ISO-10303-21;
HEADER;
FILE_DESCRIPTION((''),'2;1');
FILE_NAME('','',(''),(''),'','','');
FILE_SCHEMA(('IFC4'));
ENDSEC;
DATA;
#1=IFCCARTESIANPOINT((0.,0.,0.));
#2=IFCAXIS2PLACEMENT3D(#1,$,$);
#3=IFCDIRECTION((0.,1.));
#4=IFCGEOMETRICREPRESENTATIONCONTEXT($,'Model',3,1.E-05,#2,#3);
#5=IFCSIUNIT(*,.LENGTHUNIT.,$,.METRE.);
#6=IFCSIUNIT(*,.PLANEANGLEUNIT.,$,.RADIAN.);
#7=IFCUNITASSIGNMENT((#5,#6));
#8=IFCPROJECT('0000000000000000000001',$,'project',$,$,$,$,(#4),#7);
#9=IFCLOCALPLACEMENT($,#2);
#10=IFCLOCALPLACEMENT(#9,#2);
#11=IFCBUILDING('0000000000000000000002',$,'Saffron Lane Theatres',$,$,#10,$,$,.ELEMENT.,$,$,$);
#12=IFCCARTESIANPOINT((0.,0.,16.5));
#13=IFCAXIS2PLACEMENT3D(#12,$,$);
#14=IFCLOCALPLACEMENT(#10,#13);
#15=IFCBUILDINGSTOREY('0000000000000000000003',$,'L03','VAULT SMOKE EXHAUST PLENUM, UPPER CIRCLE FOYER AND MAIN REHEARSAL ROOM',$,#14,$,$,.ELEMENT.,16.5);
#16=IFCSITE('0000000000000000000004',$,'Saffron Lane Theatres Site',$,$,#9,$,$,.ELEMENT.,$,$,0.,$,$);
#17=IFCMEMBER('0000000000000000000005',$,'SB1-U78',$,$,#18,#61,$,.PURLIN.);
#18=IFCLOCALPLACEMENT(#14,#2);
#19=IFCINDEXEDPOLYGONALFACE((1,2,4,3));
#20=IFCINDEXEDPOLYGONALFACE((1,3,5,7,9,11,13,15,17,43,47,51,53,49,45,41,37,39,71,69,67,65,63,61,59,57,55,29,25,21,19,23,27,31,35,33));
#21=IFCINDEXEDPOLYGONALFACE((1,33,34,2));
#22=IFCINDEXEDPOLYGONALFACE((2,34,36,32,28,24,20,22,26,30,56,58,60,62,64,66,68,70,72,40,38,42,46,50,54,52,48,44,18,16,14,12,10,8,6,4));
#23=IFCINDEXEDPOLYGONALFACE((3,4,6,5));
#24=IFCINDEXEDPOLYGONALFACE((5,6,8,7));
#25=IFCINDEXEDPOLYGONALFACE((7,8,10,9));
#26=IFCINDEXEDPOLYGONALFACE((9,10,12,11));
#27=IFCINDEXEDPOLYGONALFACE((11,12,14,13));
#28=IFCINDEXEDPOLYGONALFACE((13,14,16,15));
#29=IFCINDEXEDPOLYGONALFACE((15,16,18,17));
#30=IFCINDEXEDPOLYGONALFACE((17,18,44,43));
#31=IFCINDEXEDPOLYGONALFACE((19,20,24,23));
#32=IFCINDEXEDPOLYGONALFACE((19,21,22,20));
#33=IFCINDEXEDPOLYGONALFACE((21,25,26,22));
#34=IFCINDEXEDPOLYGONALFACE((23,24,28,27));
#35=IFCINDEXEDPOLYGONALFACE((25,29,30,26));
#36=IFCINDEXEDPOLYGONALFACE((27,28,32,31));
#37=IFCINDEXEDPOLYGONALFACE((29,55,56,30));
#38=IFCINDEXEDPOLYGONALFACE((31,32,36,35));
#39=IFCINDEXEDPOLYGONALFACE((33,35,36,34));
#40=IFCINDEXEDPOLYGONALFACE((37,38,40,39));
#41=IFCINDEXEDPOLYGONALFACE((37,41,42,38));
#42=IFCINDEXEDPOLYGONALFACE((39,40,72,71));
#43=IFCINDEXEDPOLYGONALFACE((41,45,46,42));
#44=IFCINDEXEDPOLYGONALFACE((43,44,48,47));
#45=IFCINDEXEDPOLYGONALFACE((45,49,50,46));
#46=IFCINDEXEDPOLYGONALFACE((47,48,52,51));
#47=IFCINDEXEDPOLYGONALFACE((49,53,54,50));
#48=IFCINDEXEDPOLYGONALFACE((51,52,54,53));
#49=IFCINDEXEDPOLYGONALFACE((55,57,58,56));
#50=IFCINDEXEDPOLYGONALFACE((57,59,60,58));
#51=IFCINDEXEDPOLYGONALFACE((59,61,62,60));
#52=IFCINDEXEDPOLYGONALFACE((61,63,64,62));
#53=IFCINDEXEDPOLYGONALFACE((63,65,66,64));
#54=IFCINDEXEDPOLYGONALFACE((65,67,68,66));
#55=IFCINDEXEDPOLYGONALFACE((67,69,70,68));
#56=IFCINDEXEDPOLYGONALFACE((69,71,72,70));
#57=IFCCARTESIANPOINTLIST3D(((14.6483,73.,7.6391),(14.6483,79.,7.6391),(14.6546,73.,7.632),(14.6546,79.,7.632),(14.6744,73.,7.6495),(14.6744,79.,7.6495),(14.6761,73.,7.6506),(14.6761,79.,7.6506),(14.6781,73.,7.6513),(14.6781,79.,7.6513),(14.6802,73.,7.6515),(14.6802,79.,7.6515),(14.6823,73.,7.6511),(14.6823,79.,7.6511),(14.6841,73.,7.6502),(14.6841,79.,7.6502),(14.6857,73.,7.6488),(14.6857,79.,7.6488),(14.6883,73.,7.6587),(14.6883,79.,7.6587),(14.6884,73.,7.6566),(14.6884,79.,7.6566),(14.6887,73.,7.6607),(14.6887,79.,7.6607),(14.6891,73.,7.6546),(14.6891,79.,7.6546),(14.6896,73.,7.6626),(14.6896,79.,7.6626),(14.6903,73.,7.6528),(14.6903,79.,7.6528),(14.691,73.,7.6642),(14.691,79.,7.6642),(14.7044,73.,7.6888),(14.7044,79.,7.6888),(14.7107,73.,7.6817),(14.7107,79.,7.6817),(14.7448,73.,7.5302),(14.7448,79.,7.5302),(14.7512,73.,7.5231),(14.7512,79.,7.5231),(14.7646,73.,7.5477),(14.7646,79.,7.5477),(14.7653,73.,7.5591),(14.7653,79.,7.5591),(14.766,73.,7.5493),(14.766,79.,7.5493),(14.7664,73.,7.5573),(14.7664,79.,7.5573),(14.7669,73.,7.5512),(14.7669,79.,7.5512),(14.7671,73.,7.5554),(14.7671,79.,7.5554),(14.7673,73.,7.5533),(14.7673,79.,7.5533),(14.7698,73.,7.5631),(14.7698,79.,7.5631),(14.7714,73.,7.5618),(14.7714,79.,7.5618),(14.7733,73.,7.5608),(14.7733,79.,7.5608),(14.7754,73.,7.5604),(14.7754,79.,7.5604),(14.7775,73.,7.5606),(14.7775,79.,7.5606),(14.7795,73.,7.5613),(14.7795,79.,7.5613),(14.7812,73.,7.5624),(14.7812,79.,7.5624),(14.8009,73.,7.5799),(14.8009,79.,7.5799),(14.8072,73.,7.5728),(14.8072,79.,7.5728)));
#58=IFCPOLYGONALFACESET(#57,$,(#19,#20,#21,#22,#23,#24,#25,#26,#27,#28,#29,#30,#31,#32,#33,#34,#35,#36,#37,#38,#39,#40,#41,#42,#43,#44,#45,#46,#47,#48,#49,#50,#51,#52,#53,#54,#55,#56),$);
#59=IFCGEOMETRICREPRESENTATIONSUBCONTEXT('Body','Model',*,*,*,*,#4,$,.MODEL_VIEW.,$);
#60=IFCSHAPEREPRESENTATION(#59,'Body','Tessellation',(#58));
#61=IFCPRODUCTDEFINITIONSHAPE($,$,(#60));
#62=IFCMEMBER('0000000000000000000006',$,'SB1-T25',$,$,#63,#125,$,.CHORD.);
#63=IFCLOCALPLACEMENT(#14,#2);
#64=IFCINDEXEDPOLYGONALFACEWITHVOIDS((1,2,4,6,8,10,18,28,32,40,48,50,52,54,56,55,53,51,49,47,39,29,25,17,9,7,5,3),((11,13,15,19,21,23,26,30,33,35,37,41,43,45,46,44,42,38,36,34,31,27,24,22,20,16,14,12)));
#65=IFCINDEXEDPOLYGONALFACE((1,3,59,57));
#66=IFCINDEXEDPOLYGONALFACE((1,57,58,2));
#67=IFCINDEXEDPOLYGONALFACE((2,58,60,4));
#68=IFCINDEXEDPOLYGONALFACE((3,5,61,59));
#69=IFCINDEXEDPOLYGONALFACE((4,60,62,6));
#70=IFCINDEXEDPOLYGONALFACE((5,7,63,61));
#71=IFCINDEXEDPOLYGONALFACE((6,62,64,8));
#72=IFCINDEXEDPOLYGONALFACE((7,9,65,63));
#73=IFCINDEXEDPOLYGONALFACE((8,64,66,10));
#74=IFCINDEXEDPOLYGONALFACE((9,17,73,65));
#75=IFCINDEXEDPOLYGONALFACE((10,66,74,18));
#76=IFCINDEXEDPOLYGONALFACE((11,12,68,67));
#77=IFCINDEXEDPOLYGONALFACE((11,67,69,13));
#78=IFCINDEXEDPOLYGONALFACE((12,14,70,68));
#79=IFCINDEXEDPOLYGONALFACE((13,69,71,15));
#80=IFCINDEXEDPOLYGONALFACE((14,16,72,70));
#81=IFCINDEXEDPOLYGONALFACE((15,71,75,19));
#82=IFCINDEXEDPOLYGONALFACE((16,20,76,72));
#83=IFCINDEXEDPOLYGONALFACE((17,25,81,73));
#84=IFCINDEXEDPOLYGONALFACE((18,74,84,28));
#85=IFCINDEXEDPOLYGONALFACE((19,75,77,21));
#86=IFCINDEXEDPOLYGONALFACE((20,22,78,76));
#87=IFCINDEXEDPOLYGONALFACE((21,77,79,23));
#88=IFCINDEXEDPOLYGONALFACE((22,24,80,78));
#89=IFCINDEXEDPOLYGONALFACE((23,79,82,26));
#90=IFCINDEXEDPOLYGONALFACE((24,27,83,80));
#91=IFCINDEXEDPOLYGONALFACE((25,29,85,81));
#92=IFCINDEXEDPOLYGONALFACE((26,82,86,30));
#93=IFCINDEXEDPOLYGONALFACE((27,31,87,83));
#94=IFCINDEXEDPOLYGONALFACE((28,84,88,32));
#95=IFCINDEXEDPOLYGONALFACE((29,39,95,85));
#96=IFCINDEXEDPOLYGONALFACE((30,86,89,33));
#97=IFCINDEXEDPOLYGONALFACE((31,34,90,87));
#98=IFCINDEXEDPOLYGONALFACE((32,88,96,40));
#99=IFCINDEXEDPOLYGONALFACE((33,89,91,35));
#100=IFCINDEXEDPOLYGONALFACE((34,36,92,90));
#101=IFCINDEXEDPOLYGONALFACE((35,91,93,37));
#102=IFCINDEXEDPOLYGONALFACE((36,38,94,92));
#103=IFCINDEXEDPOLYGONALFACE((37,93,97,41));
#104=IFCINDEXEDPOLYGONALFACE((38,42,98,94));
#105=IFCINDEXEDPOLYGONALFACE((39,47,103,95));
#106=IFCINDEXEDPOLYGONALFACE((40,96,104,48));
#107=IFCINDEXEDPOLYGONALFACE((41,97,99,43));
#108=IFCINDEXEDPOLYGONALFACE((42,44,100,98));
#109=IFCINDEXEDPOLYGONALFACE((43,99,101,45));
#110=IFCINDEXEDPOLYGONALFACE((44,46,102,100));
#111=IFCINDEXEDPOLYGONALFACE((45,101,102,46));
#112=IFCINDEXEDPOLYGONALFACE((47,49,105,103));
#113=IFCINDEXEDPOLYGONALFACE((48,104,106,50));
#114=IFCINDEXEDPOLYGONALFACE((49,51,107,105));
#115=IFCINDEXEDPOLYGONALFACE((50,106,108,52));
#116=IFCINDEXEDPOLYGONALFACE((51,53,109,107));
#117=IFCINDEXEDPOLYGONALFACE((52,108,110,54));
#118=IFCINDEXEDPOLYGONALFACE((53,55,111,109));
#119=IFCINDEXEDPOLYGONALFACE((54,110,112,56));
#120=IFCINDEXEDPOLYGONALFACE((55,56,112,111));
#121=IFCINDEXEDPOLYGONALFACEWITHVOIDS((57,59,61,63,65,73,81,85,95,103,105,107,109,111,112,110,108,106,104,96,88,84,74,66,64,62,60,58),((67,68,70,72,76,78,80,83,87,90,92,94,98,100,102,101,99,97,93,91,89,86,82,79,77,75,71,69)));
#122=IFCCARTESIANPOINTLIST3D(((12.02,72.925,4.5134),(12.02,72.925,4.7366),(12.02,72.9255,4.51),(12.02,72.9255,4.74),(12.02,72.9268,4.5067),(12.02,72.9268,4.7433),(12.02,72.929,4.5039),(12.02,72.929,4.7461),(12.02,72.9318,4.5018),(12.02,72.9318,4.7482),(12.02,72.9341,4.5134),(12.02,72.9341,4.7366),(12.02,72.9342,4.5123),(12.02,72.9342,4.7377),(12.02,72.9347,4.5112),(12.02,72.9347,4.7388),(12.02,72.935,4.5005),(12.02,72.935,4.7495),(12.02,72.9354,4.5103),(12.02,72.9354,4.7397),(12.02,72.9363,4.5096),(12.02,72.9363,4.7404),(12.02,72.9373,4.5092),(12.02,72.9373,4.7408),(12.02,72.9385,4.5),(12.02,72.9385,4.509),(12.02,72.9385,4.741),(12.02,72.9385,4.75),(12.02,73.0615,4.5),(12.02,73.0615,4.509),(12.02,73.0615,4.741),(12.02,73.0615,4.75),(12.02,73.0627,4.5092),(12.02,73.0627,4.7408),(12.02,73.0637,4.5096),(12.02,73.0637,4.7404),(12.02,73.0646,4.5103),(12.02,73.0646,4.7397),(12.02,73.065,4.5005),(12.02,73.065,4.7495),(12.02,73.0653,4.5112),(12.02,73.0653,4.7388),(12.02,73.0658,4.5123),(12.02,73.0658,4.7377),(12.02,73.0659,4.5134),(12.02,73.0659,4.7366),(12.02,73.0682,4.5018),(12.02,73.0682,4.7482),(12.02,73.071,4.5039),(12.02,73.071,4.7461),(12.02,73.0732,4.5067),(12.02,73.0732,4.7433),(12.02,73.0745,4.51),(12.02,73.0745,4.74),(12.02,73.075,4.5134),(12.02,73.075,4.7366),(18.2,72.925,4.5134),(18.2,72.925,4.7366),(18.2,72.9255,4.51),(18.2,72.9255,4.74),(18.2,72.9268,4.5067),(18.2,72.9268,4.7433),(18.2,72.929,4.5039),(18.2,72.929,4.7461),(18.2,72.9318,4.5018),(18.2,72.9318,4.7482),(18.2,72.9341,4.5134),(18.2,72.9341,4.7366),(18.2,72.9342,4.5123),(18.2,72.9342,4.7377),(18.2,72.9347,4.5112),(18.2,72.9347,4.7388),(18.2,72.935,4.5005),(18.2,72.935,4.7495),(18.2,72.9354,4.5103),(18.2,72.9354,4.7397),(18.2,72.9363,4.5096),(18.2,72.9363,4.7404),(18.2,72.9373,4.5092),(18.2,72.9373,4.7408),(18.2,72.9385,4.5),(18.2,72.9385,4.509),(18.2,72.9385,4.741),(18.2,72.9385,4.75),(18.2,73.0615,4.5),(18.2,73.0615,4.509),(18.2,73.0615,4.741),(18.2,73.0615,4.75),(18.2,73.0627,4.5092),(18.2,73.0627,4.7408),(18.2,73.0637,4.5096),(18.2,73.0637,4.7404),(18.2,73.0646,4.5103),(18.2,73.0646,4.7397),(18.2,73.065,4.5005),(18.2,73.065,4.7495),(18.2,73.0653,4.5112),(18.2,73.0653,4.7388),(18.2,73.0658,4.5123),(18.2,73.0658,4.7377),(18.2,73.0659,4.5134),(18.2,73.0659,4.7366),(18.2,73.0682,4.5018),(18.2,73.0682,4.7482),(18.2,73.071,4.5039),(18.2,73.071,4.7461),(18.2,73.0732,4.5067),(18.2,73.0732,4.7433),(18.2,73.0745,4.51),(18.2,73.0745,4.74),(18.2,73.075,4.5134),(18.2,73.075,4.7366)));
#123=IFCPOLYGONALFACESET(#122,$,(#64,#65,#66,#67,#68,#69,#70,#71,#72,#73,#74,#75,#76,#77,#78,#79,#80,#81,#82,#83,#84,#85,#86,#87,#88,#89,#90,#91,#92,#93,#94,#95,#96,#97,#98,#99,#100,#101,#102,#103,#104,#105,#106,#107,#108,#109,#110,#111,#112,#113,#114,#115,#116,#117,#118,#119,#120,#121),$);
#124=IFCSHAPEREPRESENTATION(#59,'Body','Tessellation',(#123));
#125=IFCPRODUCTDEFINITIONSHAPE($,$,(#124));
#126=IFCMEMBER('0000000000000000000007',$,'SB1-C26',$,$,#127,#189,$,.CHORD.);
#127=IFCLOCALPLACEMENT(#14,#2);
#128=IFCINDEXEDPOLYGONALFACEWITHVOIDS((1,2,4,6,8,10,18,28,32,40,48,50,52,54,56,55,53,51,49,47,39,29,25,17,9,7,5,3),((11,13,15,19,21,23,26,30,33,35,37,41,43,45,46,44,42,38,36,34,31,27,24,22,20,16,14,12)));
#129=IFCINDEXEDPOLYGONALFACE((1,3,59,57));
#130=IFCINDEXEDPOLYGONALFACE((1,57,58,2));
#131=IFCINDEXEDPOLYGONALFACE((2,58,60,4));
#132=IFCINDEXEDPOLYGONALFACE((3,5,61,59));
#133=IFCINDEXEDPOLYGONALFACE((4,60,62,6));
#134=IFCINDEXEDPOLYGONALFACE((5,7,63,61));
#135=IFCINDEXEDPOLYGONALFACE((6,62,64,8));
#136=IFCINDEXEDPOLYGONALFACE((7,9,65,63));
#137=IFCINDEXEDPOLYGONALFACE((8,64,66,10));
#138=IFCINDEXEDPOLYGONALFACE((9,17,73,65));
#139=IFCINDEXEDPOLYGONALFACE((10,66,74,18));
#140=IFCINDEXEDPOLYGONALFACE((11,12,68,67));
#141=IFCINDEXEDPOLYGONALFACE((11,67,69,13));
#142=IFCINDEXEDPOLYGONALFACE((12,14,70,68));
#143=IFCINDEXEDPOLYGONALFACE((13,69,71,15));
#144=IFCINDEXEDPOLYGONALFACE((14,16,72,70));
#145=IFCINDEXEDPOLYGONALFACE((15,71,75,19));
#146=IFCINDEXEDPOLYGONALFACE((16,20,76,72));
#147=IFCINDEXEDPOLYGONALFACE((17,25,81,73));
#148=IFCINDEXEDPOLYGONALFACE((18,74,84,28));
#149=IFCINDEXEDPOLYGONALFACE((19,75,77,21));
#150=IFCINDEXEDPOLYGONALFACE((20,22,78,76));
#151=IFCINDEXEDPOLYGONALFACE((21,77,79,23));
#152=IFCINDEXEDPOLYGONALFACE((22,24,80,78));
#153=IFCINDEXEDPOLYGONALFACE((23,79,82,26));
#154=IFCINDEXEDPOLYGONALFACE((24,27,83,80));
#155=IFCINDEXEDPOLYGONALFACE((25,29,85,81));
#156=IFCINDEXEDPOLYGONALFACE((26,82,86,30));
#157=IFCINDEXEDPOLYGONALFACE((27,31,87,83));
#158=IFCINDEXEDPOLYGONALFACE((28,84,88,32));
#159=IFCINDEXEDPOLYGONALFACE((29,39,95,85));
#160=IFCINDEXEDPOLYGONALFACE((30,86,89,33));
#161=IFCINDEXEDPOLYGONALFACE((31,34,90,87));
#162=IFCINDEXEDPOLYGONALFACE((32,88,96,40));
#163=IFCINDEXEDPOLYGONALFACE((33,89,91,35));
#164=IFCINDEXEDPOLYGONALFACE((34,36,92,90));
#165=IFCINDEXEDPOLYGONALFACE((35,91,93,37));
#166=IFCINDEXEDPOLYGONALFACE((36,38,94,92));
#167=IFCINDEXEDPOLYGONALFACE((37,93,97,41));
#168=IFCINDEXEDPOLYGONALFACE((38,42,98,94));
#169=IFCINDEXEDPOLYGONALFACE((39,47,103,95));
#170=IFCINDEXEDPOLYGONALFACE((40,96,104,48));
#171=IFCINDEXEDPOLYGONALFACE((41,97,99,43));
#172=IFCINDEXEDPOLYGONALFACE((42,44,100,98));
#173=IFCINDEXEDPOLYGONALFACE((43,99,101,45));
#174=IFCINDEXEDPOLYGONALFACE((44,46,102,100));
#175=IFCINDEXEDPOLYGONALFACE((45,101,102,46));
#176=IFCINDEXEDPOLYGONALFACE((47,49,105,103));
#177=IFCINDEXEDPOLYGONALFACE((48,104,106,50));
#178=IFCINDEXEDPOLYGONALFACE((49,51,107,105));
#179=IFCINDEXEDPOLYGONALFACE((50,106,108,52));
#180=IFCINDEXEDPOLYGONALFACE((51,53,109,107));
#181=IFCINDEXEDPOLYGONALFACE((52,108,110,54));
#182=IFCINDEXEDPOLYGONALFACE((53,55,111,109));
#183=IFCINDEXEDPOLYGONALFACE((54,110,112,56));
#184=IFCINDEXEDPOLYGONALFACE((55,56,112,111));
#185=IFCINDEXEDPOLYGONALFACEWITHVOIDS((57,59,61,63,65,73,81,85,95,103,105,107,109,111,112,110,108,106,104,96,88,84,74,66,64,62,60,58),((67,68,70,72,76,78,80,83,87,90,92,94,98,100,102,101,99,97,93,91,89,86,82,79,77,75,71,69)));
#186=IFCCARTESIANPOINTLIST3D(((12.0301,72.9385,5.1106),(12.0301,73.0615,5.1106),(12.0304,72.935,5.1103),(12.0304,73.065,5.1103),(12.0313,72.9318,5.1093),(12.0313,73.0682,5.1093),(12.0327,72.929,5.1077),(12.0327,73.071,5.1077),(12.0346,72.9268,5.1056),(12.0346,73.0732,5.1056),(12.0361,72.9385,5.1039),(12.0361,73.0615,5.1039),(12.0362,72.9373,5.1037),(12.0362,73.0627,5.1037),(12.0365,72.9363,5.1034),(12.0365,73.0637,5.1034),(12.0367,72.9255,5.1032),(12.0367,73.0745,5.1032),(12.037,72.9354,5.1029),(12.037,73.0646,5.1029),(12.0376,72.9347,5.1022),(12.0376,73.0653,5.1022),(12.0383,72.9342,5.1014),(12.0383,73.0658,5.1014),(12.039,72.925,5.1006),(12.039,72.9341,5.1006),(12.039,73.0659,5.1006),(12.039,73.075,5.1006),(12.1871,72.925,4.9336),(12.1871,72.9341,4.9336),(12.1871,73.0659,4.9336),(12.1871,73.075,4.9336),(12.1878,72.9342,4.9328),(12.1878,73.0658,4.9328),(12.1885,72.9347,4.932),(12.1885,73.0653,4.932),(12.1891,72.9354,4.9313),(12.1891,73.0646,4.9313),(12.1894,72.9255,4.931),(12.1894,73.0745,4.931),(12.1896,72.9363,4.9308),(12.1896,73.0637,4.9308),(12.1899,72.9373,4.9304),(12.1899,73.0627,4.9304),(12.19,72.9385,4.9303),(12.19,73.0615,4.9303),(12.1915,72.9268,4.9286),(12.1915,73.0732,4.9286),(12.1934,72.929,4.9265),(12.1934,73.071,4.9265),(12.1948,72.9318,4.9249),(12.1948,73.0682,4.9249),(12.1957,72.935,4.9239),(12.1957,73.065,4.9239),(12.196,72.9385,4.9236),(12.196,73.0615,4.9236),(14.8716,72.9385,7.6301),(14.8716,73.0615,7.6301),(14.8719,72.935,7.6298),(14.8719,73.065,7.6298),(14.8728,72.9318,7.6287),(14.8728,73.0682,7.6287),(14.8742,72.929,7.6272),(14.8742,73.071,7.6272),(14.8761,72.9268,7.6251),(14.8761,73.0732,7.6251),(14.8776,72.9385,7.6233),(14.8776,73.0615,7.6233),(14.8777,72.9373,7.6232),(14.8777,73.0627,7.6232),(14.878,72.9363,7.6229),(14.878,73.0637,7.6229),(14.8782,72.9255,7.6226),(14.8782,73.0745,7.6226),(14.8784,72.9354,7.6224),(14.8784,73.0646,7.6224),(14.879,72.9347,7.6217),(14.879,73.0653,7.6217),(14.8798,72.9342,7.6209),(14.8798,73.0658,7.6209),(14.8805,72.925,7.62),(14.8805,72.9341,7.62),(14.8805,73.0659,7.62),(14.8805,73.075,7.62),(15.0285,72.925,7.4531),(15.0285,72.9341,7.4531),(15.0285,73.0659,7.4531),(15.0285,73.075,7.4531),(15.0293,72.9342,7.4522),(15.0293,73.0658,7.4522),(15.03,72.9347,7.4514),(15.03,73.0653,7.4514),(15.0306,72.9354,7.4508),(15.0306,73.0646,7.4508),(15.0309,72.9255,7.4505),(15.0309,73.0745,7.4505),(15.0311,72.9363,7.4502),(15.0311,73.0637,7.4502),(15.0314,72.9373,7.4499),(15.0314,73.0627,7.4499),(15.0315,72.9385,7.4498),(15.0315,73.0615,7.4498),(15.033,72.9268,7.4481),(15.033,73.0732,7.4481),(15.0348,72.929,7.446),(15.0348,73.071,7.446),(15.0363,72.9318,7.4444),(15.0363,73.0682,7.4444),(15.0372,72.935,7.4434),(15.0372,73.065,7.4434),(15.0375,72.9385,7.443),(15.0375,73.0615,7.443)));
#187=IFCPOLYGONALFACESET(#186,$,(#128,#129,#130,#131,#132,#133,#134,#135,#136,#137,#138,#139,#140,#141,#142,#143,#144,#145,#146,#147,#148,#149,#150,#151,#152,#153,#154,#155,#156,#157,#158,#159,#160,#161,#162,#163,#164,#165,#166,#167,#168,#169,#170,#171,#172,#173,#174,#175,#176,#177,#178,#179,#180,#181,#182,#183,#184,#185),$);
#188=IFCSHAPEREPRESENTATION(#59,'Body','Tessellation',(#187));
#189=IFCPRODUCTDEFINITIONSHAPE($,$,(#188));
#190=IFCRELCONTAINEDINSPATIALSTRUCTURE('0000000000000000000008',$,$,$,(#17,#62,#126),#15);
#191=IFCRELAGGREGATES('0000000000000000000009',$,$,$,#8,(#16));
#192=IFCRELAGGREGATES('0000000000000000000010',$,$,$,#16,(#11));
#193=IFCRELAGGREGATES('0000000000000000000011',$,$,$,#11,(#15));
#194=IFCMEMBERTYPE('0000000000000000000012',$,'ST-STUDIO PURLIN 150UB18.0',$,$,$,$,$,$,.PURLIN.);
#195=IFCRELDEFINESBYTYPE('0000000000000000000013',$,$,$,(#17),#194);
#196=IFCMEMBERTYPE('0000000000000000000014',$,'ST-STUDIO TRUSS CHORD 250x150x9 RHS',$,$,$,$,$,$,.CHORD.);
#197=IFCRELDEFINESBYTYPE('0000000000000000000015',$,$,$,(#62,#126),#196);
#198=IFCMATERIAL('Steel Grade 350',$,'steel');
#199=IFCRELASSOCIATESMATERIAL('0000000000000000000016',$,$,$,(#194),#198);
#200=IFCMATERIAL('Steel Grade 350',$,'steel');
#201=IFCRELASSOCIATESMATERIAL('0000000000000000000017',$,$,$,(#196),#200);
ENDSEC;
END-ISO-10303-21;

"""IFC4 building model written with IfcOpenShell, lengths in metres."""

from ifc_helpers import new_model, si_unit, direction, frame, origin, origin_2d, place, context, subcontext, project, spatial, hollow_rectangle, i_section, extrude, material, material_profile, profile_set, type_object, element, save


model = new_model("IFC4")

# Units and contexts
model_context = context("Model", 3, precision=1e-05, world=origin(), true_north=direction((0.0, 1.0)))
body_context = subcontext(model_context, "Body", "Model", "MODEL_VIEW")
ifc_project = project(units=[si_unit("LENGTHUNIT", "METRE"), si_unit("PLANEANGLEUNIT", "RADIAN")], contexts=[model_context])

# Site, building, storey
site_placement = place(None, origin())
site = spatial("IfcSite", under=ifc_project, at=site_placement, Name="Saffron Lane Theatres Site", CompositionType="ELEMENT", RefElevation=0.0)
building_placement = place(site_placement, origin())
building = spatial("IfcBuilding", under=site, at=building_placement, Name="Saffron Lane Theatres", CompositionType="ELEMENT")
storey_placement = place(building_placement, frame((0.0, 0.0, 16.5)))
storey = spatial("IfcBuildingStorey", under=building, at=storey_placement, Name="L03", Description="VAULT SMOKE EXHAUST PLENUM, UPPER CIRCLE FOYER AND MAIN REHEARSAL ROOM", CompositionType="ELEMENT", Elevation=16.5)

# Members
ifc_material_1 = material(Name="Steel Grade 350", Category="steel")
ifc_material_profile_1 = material_profile(ifc_material_1, i_section(OverallWidth=0.075, OverallDepth=0.155, WebThickness=0.0061, FlangeThickness=0.0095, FilletRadius=0.0081, at=origin_2d()))
ifc_profile_set_1 = profile_set([ifc_material_profile_1], Name="Steel Grade 350")
member_type_1 = type_object("IfcMemberType", Name="ST-STUDIO PURLIN 150UB18.0", PredefinedType="PURLIN", material=ifc_profile_set_1)
for number, where, z_axis, x_axis, name in (
    (1, (14.7278, 73.0, 7.606), (0.0, 1.0, 0.0), (-0.748269, 0.0, -0.663396), "SB1-U78"),
):
    element("IfcMember", number, at=place(storey_placement, frame(where, z_axis=z_axis, x_axis=x_axis)), inside=storey, type_object=member_type_1, Name=name, PredefinedType="PURLIN", context=body_context, shape_type="SweptSolid", body=[
        extrude(i_section(OverallWidth=0.075, OverallDepth=0.155, WebThickness=0.0061, FlangeThickness=0.0095, FilletRadius=0.0081, at=origin_2d()), origin(), (0.0, 0.0, 1.0), 6.0),
    ])
ifc_material_2 = material(Name="Steel Grade 350", Category="steel")
ifc_material_profile_2 = material_profile(ifc_material_2, hollow_rectangle(XDim=0.1499, YDim=0.25, WallThickness=0.009, InnerFilletRadius=0.0044, OuterFilletRadius=0.0134, at=origin_2d()))
ifc_profile_set_2 = profile_set([ifc_material_profile_2], Name="Steel Grade 350")
member_type_2 = type_object("IfcMemberType", Name="ST-STUDIO TRUSS CHORD 250x150x9 RHS", PredefinedType="CHORD", material=ifc_profile_set_2)
member_1_placement = place(storey_placement, frame((12.02, 73.0, 4.625), z_axis=(1.0, 0.0, 0.0), x_axis=(0.0, 1.0, 0.0)))
element("IfcMember", 2, at=member_1_placement, inside=storey, type_object=member_type_2, Name="SB1-T25", PredefinedType="CHORD", context=body_context, shape_type="SweptSolid", body=[
    extrude(hollow_rectangle(XDim=0.1499, YDim=0.25, WallThickness=0.009, InnerFilletRadius=0.0044, OuterFilletRadius=0.0134, at=origin_2d()), origin(), (0.0, 0.0, 1.0), 6.1799),
])
member_2_placement = place(storey_placement, frame((12.113, 73.0, 5.0171), z_axis=(0.748232, 0.0, 0.663438), x_axis=(0.0, 1.0, 0.0)))
element("IfcMember", 3, at=member_2_placement, inside=storey, type_object=member_type_2, Name="SB1-C26", PredefinedType="CHORD", context=body_context, shape_type="SweptSolid", body=[
    extrude(hollow_rectangle(XDim=0.1499, YDim=0.25, WallThickness=0.009, InnerFilletRadius=0.0044, OuterFilletRadius=0.0134, at=origin_2d()), origin(), (0.0, 0.0, 1.0), 3.7976),
])

save(model, "model.ifc")
